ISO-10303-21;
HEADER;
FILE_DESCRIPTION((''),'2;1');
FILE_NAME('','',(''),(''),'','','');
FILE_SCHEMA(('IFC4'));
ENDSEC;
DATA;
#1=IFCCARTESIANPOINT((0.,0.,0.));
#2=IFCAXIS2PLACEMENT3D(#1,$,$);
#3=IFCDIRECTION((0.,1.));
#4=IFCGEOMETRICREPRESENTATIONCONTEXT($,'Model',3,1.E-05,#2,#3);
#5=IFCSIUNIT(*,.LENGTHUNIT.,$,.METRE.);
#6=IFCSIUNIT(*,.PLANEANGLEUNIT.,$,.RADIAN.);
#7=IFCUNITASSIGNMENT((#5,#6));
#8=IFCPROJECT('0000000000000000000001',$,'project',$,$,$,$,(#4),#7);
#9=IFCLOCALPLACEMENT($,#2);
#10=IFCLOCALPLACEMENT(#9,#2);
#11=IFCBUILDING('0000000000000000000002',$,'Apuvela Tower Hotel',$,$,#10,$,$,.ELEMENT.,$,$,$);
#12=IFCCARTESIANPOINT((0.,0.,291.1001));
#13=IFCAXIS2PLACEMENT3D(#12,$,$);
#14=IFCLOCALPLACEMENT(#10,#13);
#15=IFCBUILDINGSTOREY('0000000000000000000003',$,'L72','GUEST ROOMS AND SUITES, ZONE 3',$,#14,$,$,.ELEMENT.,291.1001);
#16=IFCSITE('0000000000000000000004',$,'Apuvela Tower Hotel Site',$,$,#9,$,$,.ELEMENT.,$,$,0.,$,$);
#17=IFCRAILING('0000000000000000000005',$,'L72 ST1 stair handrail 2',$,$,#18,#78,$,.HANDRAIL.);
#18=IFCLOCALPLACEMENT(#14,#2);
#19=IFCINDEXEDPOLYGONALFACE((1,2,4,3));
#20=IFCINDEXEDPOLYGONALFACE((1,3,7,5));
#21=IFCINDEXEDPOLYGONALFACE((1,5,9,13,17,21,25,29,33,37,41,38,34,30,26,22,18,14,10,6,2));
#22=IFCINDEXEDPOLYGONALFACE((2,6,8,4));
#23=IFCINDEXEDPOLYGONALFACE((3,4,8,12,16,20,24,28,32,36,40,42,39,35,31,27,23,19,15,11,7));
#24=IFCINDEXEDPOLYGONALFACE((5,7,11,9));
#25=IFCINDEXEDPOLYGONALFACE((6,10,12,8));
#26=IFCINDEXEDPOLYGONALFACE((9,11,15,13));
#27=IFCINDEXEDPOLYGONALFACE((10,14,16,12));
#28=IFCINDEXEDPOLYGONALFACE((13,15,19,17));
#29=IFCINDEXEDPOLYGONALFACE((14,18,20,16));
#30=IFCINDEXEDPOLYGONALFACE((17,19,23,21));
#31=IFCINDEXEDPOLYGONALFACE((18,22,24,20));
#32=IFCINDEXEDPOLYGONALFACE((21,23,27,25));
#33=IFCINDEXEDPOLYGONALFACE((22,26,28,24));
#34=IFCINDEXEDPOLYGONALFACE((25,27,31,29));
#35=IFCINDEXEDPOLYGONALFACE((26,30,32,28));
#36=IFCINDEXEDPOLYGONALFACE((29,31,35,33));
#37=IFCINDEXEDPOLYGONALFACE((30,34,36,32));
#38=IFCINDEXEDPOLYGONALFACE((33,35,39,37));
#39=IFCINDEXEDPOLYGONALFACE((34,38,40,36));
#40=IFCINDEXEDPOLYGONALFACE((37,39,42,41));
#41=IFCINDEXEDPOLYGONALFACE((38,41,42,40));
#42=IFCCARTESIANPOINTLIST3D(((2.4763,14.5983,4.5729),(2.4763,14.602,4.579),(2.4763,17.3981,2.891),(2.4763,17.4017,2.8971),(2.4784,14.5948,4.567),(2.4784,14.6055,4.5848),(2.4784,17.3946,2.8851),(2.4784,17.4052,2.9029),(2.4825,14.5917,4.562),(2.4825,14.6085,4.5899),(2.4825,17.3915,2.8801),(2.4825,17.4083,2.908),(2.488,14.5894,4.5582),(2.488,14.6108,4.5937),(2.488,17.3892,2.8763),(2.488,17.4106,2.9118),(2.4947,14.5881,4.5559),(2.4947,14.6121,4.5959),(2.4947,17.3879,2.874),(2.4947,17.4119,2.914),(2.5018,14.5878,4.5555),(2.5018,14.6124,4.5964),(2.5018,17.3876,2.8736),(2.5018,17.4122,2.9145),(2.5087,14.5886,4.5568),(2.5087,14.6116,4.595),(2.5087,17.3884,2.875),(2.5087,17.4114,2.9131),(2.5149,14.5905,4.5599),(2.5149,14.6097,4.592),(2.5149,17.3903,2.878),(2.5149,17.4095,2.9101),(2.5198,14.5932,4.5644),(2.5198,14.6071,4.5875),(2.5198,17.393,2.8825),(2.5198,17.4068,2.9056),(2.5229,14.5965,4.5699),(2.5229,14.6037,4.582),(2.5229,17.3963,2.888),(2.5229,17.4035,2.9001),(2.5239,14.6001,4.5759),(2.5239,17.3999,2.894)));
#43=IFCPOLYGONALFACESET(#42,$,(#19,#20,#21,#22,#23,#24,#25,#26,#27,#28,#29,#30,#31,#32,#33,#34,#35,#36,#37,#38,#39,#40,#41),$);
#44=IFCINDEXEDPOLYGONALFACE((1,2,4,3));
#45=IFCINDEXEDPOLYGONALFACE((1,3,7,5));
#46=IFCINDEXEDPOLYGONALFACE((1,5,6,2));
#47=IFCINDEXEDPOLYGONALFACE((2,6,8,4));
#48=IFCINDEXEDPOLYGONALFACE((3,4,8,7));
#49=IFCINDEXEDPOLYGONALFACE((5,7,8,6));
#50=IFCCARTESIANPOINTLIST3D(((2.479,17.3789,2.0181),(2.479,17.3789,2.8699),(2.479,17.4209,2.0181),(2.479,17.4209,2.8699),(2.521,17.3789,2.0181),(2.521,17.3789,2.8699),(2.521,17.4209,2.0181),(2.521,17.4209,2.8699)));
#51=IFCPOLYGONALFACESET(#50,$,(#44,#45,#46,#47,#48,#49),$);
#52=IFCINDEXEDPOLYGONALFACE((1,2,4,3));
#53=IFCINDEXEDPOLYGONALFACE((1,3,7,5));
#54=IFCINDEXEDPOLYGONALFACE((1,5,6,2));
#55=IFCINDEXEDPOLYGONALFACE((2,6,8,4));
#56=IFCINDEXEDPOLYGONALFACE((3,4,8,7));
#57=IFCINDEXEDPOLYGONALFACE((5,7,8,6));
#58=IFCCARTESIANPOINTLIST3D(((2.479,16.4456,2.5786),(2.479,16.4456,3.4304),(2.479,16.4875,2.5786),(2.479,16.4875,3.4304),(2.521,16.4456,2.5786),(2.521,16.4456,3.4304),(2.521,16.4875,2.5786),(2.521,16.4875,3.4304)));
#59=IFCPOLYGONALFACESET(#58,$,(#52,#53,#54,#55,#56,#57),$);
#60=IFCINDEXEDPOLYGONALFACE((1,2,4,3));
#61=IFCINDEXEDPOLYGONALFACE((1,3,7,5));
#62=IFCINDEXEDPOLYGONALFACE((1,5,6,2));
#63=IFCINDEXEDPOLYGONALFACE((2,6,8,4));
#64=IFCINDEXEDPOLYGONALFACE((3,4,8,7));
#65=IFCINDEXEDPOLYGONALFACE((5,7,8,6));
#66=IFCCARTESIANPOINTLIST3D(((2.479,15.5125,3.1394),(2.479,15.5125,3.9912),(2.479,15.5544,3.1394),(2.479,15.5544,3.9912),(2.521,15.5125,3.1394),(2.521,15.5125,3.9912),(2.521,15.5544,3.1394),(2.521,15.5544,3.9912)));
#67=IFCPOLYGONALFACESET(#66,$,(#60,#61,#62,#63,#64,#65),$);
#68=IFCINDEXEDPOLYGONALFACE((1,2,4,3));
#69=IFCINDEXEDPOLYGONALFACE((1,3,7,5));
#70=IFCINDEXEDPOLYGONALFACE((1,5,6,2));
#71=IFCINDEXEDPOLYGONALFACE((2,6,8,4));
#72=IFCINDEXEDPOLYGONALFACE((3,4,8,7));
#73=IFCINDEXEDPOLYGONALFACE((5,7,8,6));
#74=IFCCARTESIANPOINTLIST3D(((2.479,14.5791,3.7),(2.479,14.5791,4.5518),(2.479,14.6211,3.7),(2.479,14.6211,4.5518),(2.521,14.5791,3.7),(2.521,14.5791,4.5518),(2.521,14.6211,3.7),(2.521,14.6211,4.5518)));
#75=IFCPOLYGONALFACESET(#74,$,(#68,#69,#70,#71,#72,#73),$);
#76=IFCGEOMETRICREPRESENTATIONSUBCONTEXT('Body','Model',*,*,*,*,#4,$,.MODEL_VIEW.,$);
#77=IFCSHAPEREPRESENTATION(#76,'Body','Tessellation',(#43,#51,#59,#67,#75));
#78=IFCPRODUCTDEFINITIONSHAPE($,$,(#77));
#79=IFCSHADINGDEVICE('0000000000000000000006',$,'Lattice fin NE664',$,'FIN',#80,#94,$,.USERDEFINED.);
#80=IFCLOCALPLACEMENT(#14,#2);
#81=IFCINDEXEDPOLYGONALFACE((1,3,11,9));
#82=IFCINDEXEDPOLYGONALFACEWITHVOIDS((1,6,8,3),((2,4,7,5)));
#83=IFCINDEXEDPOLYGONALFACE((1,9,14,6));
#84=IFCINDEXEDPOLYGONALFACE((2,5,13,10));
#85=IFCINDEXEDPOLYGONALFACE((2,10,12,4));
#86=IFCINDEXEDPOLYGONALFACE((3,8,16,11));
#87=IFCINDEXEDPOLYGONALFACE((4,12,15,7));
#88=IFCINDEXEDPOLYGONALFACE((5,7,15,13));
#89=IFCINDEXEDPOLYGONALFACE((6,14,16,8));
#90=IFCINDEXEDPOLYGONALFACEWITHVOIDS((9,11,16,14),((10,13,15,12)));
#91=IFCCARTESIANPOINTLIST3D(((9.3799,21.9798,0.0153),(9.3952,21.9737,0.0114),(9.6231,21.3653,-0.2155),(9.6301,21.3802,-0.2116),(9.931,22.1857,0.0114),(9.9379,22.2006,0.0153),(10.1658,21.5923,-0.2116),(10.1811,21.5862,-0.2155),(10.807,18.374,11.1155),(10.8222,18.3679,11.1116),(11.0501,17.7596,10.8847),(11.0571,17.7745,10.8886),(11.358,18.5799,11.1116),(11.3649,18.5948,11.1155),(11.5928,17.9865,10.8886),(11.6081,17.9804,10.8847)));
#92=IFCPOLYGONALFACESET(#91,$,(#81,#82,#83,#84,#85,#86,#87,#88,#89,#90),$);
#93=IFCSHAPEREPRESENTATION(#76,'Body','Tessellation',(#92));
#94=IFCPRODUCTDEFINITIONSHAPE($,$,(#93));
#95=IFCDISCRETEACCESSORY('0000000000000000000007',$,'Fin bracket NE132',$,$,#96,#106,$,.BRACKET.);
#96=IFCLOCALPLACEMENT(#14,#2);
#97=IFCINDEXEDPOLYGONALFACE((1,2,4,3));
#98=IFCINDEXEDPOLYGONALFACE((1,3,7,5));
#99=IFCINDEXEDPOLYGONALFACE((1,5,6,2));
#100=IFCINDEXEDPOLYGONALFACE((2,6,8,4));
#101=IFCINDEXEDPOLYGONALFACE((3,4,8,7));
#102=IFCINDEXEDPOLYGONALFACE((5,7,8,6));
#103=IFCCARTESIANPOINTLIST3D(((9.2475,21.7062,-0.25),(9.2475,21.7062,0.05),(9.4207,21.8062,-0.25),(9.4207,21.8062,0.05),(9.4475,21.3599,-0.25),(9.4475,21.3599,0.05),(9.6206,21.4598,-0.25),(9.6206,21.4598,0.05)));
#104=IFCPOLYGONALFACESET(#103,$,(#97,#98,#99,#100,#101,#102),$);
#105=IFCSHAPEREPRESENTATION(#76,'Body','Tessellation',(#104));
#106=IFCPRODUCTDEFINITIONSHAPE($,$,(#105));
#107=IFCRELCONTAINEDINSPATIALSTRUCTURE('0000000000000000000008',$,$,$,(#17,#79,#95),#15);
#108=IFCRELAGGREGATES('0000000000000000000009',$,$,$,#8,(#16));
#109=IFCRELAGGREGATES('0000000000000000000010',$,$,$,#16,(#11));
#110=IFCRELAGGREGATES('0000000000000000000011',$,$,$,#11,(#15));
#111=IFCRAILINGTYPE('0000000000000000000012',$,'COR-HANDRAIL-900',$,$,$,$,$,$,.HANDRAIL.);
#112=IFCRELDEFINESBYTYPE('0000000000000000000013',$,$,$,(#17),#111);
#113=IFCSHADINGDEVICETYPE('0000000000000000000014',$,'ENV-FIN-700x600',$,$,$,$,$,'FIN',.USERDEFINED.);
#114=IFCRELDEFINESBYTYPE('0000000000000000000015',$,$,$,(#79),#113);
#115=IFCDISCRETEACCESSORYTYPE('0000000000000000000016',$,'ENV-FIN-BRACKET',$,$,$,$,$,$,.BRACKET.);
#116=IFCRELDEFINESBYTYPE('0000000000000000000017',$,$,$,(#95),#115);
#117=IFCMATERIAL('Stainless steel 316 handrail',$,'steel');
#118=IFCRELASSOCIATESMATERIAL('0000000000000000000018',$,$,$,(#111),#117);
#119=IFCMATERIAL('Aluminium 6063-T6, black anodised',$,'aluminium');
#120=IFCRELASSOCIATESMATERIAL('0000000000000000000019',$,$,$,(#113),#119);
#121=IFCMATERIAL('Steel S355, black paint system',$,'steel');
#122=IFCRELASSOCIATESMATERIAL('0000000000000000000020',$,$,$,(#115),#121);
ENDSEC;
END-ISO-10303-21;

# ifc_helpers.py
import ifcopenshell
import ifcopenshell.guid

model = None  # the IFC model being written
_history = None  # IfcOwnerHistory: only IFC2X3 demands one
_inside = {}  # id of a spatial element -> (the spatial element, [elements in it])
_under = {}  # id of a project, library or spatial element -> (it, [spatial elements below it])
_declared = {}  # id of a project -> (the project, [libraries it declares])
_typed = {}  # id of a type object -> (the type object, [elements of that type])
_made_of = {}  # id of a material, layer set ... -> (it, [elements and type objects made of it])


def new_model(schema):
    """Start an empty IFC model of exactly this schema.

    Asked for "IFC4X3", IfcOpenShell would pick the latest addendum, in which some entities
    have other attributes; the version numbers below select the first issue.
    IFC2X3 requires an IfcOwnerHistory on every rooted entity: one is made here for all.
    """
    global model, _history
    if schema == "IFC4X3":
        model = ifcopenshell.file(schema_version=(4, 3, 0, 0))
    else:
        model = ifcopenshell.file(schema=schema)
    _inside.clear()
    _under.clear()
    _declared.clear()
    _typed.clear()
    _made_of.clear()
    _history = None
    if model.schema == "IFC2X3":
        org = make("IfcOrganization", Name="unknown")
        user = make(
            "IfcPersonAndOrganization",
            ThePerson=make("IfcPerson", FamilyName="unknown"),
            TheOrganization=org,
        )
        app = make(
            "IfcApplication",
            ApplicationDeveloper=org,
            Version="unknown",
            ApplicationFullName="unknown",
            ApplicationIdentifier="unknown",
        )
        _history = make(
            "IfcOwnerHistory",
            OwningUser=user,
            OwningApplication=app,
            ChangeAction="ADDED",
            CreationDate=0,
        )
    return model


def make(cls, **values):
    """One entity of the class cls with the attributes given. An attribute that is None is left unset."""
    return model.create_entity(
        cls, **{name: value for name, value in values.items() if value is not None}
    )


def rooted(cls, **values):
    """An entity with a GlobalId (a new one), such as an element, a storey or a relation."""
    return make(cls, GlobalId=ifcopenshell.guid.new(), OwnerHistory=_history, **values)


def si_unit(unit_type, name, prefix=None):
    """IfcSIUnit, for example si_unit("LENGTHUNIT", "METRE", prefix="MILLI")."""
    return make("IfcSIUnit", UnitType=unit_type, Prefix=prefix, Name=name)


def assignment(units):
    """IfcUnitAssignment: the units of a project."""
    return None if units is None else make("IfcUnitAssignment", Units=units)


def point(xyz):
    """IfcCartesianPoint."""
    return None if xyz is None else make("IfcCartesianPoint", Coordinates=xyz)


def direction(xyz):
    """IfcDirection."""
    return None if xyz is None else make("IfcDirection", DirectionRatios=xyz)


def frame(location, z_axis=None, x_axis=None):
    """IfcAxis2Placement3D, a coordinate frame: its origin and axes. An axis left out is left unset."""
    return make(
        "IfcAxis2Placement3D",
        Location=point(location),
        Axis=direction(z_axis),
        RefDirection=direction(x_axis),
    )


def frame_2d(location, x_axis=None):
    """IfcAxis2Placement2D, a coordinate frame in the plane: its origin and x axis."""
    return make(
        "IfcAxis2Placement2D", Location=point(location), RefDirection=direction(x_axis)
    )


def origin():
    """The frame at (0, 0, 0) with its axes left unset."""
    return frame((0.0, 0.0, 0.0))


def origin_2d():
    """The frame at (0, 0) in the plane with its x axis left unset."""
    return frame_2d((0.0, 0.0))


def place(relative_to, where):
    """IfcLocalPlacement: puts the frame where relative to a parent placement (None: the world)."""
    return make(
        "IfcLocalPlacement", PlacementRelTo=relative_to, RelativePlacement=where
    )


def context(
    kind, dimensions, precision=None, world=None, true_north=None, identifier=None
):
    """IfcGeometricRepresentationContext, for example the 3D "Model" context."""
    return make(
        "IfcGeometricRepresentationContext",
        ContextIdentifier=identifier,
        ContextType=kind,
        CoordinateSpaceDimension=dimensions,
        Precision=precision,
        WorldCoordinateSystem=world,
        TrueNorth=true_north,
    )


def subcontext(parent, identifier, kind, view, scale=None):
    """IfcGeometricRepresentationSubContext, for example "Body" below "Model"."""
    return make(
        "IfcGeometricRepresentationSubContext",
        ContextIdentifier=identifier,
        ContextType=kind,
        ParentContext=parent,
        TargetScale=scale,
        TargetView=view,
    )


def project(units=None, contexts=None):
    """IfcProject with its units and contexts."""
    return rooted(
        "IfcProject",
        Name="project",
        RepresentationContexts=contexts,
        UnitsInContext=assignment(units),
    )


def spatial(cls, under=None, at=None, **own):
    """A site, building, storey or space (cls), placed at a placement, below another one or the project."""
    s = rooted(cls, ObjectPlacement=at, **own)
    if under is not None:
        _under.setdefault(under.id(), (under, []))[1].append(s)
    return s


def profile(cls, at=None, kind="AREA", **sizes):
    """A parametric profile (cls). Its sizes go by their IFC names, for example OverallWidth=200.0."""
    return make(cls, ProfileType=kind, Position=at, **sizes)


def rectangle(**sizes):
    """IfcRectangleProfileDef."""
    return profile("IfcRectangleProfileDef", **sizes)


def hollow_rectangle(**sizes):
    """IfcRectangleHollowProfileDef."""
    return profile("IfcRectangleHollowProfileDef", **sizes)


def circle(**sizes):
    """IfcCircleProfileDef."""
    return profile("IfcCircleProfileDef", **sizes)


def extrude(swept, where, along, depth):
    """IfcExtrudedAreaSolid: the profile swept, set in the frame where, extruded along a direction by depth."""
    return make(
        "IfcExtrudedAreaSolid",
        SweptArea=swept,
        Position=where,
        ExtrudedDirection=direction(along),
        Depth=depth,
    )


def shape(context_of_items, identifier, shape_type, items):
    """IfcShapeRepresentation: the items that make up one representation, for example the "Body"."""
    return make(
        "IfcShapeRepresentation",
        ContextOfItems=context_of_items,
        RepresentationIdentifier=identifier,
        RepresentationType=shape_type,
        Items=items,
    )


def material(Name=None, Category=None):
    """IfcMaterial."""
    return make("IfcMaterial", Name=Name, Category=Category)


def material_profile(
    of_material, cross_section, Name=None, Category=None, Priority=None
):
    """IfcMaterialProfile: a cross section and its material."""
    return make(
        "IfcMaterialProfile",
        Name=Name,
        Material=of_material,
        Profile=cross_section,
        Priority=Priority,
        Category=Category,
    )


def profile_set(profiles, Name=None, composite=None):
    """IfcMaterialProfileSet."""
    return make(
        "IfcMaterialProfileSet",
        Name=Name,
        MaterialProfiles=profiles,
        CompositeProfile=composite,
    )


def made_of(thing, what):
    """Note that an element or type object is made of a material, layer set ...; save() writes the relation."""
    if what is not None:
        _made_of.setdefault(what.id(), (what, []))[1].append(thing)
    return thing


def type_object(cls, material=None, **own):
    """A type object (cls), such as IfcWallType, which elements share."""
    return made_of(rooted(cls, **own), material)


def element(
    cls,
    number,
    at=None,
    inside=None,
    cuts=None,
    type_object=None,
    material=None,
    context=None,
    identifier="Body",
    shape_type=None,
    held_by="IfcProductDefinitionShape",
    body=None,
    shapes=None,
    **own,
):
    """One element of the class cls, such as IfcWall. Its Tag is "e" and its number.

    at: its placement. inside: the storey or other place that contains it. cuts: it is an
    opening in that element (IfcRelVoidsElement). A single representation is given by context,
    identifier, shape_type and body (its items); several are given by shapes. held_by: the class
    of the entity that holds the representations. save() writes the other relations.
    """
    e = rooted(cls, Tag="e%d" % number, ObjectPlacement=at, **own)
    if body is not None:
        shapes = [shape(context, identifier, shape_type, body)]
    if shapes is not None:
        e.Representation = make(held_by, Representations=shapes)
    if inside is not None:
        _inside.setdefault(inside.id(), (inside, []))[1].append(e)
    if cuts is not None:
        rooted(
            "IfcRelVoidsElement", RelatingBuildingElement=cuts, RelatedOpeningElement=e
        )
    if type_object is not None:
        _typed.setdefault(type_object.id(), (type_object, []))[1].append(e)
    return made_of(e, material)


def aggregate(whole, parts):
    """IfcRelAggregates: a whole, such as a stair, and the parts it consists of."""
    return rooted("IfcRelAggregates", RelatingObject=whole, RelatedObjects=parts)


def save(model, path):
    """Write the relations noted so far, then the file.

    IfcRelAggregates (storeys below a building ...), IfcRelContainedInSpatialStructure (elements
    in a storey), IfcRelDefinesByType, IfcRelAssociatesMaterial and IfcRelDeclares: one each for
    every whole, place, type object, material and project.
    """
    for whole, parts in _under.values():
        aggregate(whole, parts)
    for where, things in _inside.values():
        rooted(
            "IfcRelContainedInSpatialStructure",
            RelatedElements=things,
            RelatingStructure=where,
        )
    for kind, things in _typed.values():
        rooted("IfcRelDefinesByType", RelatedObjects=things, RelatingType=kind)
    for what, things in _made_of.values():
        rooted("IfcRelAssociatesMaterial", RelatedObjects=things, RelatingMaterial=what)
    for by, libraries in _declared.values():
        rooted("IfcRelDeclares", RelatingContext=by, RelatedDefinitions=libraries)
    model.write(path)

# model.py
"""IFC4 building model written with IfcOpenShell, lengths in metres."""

from ifc_helpers import new_model, si_unit, direction, frame, origin, origin_2d, place, context, subcontext, project, spatial, rectangle, hollow_rectangle, circle, extrude, material, material_profile, profile_set, type_object, element, save


model = new_model("IFC4")

# Units and contexts
model_context = context("Model", 3, precision=1e-05, world=origin(), true_north=direction((0.0, 1.0)))
body_context = subcontext(model_context, "Body", "Model", "MODEL_VIEW")
ifc_project = project(units=[si_unit("LENGTHUNIT", "METRE"), si_unit("PLANEANGLEUNIT", "RADIAN")], contexts=[model_context])

# Site, building, storey
site_placement = place(None, origin())
site = spatial("IfcSite", under=ifc_project, at=site_placement, Name="Apuvela Tower Hotel Site", CompositionType="ELEMENT", RefElevation=0.0)
building_placement = place(site_placement, origin())
building = spatial("IfcBuilding", under=site, at=building_placement, Name="Apuvela Tower Hotel", CompositionType="ELEMENT")
storey_placement = place(building_placement, frame((0.0, 0.0, 291.1001)))
storey = spatial("IfcBuildingStorey", under=building, at=storey_placement, Name="L72", Description="GUEST ROOMS AND SUITES, ZONE 3", CompositionType="ELEMENT", Elevation=291.1001)

# Railing
ifc_material_1 = material(Name="Stainless steel 316 handrail", Category="steel")
railing_type_1 = type_object("IfcRailingType", Name="COR-HANDRAIL-900", PredefinedType="HANDRAIL", material=ifc_material_1)
railing_1_placement = place(storey_placement, frame((2.5, 17.3999, 2.0181)))
element("IfcRailing", 1, at=railing_1_placement, inside=storey, type_object=railing_type_1, Name="L72 ST1 stair handrail 2", PredefinedType="HANDRAIL", context=body_context, shape_type="SweptSolid", body=[
    extrude(circle(Radius=0.0239, at=origin_2d()), frame((0.0, 0.0, 0.876), z_axis=(0.0, -0.857222, 0.514946), x_axis=(1.0, 0.0, 0.0)), (0.0, 0.0, 1.0), 3.2661),
    extrude(rectangle(XDim=0.042, YDim=0.042, at=origin_2d()), origin(), (0.0, 0.0, 1.0), 0.8518),
    extrude(rectangle(XDim=0.042, YDim=0.042, at=origin_2d()), frame((0.0, -0.9333, 0.5605)), (0.0, 0.0, 1.0), 0.8518),
    extrude(rectangle(XDim=0.042, YDim=0.042, at=origin_2d()), frame((0.0, -1.8665, 1.1213)), (0.0, 0.0, 1.0), 0.8518),
    extrude(rectangle(XDim=0.042, YDim=0.042, at=origin_2d()), frame((0.0, -2.7998, 1.6819)), (0.0, 0.0, 1.0), 0.8518),
])

# Shading device
ifc_material_2 = material(Name="Aluminium 6063-T6, black anodised", Category="aluminium")
ifc_material_profile_1 = material_profile(ifc_material_2, hollow_rectangle(XDim=0.6001, YDim=0.7, WallThickness=0.012, at=origin_2d()), Name="AL BOX 700x600x12")
ifc_profile_set_1 = profile_set([ifc_material_profile_1], Name="Aluminium 6063-T6, black anodised")
shading_device_type = type_object("IfcShadingDeviceType", Name="ENV-FIN-700x600", ElementType="FIN", PredefinedType="USERDEFINED", material=ifc_profile_set_1)
shading_device_placement = place(storey_placement, frame((9.7805, 21.783, -0.1001), z_axis=(0.121365, -0.306661, 0.944049), x_axis=(0.92983, 0.367991, 0.0)))
element("IfcShadingDevice", 2, at=shading_device_placement, inside=storey, type_object=shading_device_type, Name="Lattice fin NE664", ObjectType="FIN", PredefinedType="USERDEFINED", context=body_context, shape_type="SweptSolid", body=[
    extrude(hollow_rectangle(XDim=0.6001, YDim=0.7, WallThickness=0.012, at=origin_2d()), origin(), (0.0, 0.0, 1.0), 11.7581),
])

# Discrete accessory
ifc_material_3 = material(Name="Steel S355, black paint system", Category="steel")
discrete_accessory_type = type_object("IfcDiscreteAccessoryType", Name="ENV-FIN-BRACKET", PredefinedType="BRACKET", material=ifc_material_3)
discrete_accessory_placement = place(storey_placement, frame((9.4341, 21.583, -0.25), z_axis=(0.0, 0.0, 1.0), x_axis=(-0.5, 0.866025, 0.0)))
element("IfcDiscreteAccessory", 3, at=discrete_accessory_placement, inside=storey, type_object=discrete_accessory_type, Name="Fin bracket NE132", PredefinedType="BRACKET", context=body_context, shape_type="SweptSolid", body=[
    extrude(rectangle(XDim=0.3999, YDim=0.2, at=origin_2d()), origin(), (0.0, 0.0, 1.0), 0.3),
])

save(model, "model.ifc")
